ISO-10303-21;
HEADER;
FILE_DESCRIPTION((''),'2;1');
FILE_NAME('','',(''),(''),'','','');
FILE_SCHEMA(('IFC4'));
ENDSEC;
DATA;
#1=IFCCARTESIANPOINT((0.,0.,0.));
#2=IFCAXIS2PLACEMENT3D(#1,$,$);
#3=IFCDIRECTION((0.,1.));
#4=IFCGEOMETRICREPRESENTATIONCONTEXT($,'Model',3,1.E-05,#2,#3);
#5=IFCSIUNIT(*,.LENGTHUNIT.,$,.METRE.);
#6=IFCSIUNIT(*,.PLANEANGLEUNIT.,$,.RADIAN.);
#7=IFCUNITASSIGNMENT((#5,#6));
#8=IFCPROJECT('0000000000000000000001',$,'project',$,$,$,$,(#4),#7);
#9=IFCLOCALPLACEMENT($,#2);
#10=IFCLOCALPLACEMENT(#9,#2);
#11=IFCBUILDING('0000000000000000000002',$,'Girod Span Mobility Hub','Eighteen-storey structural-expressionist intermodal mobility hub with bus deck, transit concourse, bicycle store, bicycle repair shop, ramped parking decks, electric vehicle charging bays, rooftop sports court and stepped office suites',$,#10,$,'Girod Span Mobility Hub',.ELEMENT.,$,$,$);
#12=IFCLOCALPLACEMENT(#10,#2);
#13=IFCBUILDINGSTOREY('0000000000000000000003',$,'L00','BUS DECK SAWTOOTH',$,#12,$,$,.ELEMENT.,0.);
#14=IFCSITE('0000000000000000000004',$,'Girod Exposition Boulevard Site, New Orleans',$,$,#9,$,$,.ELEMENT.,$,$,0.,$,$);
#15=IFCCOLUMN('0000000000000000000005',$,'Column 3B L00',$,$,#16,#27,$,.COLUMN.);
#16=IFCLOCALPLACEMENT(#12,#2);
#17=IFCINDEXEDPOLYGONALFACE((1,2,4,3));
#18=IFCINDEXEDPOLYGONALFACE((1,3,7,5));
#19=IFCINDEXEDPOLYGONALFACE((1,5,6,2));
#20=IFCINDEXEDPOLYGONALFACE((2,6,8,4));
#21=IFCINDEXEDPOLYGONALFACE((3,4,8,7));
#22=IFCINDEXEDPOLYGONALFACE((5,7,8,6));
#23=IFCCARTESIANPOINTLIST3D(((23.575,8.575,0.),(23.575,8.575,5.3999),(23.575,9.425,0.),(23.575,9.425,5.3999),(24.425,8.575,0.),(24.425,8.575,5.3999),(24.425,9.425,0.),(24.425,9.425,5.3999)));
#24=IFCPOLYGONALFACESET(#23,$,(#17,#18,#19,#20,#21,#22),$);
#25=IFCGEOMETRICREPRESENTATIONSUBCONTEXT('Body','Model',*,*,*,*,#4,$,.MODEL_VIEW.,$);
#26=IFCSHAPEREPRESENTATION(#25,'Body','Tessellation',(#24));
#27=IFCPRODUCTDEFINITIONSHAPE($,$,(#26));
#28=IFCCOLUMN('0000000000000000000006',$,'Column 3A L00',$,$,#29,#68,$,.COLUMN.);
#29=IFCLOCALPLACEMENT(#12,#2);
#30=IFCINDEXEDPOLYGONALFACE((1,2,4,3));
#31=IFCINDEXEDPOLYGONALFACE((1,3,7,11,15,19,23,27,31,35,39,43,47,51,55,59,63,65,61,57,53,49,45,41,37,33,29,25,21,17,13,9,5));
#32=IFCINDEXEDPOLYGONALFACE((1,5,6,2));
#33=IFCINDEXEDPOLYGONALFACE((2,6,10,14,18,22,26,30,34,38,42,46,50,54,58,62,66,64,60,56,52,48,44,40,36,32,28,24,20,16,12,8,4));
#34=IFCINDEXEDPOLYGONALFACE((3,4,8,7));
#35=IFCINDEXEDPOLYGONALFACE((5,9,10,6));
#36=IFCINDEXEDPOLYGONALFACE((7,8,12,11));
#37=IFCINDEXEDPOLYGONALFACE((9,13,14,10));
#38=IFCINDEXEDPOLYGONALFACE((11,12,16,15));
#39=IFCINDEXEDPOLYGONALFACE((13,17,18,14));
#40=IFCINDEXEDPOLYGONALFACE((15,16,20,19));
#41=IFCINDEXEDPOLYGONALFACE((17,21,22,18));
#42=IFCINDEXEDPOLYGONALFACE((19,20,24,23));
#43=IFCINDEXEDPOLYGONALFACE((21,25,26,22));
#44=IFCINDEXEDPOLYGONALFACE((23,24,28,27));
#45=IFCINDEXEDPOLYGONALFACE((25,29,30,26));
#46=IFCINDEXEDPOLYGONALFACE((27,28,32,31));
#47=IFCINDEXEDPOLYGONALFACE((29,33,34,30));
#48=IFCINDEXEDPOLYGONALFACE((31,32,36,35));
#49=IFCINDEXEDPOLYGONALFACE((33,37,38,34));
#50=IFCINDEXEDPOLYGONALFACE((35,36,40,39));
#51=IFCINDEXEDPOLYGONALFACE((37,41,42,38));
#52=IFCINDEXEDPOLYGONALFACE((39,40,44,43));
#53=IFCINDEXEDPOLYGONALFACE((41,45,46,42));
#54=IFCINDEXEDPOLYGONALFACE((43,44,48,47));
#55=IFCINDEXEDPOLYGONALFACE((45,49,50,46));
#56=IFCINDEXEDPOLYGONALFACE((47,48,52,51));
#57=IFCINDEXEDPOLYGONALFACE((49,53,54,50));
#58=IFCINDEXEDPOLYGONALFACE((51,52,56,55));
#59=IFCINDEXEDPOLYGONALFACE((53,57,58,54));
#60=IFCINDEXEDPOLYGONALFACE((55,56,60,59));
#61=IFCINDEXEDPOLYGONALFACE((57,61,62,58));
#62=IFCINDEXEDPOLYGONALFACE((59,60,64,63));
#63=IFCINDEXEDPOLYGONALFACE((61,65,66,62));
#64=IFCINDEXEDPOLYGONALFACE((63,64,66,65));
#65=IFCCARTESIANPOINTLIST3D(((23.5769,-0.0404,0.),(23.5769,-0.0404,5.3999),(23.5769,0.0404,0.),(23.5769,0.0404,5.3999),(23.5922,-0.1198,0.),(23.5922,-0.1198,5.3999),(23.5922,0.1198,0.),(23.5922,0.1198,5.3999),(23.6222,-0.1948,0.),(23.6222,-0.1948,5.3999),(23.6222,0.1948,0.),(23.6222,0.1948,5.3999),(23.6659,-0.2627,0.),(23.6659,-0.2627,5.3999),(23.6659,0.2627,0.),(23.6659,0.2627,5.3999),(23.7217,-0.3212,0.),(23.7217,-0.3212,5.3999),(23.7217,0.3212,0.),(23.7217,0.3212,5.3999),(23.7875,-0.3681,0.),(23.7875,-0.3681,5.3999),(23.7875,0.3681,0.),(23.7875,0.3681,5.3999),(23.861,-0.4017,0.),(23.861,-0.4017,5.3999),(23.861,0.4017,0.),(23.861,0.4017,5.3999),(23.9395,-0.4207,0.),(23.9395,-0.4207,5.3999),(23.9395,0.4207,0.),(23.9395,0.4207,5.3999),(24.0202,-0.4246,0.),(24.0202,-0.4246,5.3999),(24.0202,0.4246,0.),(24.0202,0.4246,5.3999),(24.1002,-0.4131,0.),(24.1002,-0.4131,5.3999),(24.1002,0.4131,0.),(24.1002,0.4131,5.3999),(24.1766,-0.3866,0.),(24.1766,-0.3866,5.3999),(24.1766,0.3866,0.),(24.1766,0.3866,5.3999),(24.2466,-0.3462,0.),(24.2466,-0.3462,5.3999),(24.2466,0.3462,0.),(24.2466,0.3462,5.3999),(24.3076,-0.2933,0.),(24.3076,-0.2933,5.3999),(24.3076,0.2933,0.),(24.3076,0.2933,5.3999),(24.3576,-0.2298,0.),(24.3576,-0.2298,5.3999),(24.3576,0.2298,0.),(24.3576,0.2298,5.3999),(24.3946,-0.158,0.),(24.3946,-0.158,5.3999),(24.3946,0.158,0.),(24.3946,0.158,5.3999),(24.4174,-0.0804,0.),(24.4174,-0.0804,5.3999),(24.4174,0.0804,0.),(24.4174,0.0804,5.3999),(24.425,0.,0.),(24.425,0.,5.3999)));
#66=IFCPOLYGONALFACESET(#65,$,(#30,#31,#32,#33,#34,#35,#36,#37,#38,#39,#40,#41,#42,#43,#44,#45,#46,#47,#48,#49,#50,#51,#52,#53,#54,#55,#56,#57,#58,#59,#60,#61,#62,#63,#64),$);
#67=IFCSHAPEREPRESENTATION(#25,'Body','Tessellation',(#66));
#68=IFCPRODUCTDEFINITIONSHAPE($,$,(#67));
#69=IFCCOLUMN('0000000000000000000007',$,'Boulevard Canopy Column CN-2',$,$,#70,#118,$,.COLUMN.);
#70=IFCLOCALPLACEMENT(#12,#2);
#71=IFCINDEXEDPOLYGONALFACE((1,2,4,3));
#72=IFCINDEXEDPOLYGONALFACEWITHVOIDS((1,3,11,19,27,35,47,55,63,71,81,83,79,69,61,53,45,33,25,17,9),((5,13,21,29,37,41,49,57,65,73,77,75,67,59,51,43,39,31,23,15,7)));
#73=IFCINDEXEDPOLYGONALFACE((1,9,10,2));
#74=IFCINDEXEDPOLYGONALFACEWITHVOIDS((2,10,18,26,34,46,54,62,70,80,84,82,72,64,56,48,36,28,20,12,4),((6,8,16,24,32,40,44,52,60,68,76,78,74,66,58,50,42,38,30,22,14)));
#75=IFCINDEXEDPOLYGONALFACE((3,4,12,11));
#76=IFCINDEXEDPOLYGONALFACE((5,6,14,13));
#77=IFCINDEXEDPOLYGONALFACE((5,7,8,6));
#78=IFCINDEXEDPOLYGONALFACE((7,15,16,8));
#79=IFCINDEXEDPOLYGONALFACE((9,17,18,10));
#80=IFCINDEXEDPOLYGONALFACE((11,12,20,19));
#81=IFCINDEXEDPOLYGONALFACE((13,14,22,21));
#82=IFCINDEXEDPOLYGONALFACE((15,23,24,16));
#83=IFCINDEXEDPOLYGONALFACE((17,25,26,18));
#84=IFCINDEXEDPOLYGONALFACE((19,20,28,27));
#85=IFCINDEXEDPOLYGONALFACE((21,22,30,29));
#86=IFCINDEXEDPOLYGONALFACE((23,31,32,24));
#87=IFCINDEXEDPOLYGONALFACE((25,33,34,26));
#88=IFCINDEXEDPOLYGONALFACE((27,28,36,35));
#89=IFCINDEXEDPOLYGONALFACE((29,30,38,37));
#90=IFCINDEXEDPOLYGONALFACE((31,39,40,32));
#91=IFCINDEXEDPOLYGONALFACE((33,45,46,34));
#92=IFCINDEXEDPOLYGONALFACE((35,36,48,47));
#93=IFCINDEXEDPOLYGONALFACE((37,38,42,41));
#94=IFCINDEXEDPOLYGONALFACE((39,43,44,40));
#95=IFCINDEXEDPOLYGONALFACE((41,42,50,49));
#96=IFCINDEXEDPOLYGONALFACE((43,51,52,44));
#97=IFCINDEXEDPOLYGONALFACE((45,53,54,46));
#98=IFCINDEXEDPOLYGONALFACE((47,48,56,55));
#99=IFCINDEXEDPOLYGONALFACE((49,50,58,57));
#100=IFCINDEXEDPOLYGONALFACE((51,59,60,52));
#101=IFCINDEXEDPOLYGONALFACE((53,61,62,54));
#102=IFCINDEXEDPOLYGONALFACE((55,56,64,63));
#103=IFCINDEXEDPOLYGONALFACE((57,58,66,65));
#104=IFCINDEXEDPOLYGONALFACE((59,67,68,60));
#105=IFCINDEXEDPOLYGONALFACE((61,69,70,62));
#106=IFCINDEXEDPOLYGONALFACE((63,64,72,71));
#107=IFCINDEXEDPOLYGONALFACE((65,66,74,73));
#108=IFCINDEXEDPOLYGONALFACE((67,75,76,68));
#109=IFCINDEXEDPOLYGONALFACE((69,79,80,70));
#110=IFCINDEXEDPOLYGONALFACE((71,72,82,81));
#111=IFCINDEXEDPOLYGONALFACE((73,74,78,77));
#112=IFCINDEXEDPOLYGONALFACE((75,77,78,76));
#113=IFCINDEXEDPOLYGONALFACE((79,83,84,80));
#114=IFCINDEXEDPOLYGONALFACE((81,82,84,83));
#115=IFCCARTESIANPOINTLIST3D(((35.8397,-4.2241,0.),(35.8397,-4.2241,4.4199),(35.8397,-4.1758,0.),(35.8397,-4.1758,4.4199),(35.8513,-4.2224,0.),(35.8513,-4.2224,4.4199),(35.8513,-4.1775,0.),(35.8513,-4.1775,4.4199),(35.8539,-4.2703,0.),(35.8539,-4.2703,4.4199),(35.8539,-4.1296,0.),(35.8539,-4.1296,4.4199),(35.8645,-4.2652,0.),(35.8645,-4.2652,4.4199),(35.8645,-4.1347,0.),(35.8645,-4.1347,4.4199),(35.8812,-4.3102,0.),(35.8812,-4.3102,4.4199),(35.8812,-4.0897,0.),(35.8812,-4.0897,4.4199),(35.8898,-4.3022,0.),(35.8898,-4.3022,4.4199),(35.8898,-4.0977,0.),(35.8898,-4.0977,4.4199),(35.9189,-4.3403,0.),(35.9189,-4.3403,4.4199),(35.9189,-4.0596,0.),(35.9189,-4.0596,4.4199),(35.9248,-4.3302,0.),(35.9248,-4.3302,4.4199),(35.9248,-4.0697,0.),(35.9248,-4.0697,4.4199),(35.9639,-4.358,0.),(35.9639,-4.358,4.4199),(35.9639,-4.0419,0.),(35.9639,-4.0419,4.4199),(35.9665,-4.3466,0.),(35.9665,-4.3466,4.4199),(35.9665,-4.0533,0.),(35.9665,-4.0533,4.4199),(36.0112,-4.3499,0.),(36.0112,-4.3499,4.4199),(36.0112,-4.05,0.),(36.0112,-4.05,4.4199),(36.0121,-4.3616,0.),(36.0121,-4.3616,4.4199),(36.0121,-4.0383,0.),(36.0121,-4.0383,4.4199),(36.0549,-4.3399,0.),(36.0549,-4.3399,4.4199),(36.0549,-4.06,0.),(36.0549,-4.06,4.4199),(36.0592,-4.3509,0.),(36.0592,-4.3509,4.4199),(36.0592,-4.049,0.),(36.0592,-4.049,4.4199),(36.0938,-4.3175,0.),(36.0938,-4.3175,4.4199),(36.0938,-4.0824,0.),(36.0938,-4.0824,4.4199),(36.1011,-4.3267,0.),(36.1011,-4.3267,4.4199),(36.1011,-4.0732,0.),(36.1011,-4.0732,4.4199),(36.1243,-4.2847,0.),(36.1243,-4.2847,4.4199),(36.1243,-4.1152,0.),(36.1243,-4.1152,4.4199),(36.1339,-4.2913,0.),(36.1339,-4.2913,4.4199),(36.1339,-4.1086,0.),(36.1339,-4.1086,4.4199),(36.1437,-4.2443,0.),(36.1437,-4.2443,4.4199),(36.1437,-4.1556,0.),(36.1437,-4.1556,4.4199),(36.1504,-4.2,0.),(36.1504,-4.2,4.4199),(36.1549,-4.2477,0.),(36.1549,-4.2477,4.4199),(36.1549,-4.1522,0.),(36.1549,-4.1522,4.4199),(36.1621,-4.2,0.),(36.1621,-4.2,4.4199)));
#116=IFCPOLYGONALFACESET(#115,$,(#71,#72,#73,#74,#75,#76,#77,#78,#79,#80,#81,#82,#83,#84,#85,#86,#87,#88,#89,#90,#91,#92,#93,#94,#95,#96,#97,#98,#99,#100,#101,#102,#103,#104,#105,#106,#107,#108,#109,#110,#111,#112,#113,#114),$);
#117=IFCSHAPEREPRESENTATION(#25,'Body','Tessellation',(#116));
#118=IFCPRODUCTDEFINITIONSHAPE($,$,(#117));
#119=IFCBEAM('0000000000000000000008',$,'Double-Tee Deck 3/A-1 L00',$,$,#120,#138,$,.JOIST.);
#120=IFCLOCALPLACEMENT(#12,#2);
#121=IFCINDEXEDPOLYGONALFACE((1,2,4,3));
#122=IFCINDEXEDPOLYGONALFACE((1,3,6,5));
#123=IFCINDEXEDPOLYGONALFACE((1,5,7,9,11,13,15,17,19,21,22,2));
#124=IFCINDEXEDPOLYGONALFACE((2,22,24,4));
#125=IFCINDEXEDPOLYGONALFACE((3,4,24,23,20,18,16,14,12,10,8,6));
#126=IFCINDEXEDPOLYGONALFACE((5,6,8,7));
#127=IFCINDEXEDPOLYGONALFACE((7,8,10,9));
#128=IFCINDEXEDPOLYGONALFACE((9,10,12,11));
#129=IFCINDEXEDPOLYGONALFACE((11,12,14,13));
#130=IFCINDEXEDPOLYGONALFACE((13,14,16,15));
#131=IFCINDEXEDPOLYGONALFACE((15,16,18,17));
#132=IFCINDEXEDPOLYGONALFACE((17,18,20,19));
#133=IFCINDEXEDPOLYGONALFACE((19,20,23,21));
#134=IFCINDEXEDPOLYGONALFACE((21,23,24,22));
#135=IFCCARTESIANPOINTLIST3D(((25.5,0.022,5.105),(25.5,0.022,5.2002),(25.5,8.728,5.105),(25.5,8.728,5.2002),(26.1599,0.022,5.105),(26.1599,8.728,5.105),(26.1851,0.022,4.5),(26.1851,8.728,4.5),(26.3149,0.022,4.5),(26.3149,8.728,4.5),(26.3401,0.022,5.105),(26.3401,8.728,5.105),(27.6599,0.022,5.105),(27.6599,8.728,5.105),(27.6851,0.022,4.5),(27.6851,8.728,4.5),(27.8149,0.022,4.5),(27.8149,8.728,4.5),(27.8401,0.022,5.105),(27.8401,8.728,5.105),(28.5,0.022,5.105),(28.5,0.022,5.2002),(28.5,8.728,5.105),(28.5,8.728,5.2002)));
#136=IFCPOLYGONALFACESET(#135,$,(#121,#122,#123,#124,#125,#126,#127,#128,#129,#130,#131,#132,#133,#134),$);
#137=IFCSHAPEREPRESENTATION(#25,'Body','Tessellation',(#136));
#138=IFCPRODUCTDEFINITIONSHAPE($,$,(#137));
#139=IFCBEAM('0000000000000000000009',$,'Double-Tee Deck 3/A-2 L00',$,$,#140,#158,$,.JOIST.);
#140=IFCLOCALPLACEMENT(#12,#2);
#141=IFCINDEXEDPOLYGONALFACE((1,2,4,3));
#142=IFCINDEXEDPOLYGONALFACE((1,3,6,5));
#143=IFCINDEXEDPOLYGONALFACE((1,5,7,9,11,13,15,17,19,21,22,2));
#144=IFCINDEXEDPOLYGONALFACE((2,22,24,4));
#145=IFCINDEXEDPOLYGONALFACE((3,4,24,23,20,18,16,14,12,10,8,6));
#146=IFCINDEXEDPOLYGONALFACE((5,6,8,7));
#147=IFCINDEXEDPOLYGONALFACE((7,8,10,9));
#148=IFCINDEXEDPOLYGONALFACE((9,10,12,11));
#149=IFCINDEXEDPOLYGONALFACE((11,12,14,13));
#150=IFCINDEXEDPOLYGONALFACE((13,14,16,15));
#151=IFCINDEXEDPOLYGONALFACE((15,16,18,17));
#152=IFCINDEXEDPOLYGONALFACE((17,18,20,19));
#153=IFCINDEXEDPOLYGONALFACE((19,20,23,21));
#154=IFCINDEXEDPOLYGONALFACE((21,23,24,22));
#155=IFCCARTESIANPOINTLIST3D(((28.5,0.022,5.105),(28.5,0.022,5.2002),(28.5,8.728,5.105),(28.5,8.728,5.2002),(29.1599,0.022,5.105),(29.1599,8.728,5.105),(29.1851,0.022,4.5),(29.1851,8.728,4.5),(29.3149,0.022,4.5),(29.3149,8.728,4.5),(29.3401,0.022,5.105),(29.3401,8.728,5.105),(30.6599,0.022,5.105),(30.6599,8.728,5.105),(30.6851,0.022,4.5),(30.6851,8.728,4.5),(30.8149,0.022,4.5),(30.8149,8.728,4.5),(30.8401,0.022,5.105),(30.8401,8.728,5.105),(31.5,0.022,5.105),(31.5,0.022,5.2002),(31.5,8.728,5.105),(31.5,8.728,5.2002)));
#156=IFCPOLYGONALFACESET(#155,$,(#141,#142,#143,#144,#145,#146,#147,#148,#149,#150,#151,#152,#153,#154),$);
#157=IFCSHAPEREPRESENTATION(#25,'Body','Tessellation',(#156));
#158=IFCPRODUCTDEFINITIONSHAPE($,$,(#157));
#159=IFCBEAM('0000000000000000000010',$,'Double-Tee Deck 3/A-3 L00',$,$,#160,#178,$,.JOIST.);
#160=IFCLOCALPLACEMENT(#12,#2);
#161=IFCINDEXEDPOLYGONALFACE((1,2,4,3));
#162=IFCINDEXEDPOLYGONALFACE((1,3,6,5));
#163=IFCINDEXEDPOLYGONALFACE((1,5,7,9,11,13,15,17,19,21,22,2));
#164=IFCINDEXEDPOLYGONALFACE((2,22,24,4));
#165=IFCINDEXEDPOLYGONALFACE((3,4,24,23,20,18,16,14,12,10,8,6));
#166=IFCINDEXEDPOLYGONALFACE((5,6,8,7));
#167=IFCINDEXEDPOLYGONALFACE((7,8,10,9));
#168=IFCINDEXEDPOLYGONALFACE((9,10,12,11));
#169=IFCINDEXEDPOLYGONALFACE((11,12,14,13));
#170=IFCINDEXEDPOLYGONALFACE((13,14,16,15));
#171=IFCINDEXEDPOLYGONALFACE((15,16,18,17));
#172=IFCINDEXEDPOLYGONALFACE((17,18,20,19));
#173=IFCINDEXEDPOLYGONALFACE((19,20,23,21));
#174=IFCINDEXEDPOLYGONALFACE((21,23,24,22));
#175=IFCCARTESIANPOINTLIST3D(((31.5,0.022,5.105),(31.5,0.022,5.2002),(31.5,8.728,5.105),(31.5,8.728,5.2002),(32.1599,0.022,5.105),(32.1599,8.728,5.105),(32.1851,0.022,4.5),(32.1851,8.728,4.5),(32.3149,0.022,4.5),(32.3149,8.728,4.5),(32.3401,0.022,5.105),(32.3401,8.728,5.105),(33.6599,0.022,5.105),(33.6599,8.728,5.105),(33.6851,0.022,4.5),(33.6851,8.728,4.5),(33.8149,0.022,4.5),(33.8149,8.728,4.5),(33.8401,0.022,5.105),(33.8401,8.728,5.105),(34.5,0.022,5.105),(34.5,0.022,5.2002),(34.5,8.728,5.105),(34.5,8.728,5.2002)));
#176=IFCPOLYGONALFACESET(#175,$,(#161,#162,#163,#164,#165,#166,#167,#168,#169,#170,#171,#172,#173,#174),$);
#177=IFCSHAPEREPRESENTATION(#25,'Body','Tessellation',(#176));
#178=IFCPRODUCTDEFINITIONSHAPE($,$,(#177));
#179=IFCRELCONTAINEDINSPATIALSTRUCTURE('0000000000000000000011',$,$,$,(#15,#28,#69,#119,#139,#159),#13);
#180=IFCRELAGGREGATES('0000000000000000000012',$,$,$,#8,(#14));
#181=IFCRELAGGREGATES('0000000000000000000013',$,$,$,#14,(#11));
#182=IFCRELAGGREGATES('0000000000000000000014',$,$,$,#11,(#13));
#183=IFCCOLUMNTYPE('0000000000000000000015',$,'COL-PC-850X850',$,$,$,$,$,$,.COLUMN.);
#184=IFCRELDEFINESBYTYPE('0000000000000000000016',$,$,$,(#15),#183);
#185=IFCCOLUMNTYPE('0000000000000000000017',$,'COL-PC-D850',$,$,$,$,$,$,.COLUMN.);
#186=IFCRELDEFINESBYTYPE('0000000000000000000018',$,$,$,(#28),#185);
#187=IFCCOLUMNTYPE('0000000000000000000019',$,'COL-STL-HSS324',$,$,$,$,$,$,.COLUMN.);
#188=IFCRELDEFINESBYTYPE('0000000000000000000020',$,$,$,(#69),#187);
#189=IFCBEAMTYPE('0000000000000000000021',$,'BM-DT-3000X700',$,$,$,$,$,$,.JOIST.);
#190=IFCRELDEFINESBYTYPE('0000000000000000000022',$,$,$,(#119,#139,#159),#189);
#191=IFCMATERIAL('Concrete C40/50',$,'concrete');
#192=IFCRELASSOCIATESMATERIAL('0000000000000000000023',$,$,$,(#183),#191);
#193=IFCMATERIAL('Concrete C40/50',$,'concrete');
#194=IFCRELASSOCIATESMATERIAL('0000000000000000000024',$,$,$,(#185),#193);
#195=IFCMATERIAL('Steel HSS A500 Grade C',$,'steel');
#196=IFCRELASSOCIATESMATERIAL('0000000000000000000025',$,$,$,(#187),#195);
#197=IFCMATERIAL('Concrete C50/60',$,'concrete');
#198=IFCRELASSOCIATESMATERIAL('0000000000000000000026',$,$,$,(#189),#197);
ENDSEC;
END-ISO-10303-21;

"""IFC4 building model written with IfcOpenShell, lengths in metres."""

from ifc_helpers import new_model, si_unit, direction, frame, origin, origin_2d, place, context, subcontext, project, spatial, polyline, rectangle, circle, hollow_circle, outline, extrude, material, material_profile, profile_set, type_object, element, save


model = new_model("IFC4")

# Units and contexts
model_context = context("Model", 3, precision=1e-05, world=origin(), true_north=direction((0.0, 1.0)))
body_context = subcontext(model_context, "Body", "Model", "MODEL_VIEW")
ifc_project = project(units=[si_unit("LENGTHUNIT", "METRE"), si_unit("PLANEANGLEUNIT", "RADIAN")], contexts=[model_context])

# Site, building, storey
site_placement = place(None, origin())
site = spatial("IfcSite", under=ifc_project, at=site_placement, Name="Girod Exposition Boulevard Site, New Orleans", CompositionType="ELEMENT", RefElevation=0.0)
building_placement = place(site_placement, origin())
building = spatial("IfcBuilding", under=site, at=building_placement, Name="Girod Span Mobility Hub", Description="Eighteen-storey structural-expressionist intermodal mobility hub with bus deck, transit concourse, bicycle store, bicycle repair shop, ramped parking decks, electric vehicle charging bays, rooftop sports court and stepped office suites", LongName="Girod Span Mobility Hub", CompositionType="ELEMENT")
storey_placement = place(building_placement, origin())
storey = spatial("IfcBuildingStorey", under=building, at=storey_placement, Name="L00", Description="BUS DECK SAWTOOTH", CompositionType="ELEMENT", Elevation=0.0)

# Columns
ifc_material_1 = material(Name="Concrete C40/50", Category="concrete")
ifc_material_profile_1 = material_profile(ifc_material_1, rectangle(XDim=0.8501, YDim=0.8501, at=origin_2d()), Name="PC-COL-850X850")
ifc_profile_set_1 = profile_set([ifc_material_profile_1], Name="Concrete C40/50")
column_type_1 = type_object("IfcColumnType", Name="COL-PC-850X850", PredefinedType="COLUMN", material=ifc_profile_set_1)
column_1_placement = place(storey_placement, frame((24.0, 9.0, 0.0), z_axis=(0.0, 0.0, 1.0), x_axis=(1.0, 0.0, 0.0)))
element("IfcColumn", 1, at=column_1_placement, inside=storey, type_object=column_type_1, Name="Column 3B L00", PredefinedType="COLUMN", context=body_context, shape_type="SweptSolid", body=[
    extrude(rectangle(XDim=0.8501, YDim=0.8501, at=origin_2d()), origin(), (0.0, 0.0, 1.0), 5.3999),
])
ifc_material_2 = material(Name="Concrete C40/50", Category="concrete")
ifc_material_profile_2 = material_profile(ifc_material_2, circle(Radius=0.425, at=origin_2d()), Name="PC-CIR-D850")
ifc_profile_set_2 = profile_set([ifc_material_profile_2], Name="Concrete C40/50")
column_type_2 = type_object("IfcColumnType", Name="COL-PC-D850", PredefinedType="COLUMN", material=ifc_profile_set_2)
column_2_placement = place(storey_placement, frame((24.0, 0.0, 0.0), z_axis=(0.0, 0.0, 1.0), x_axis=(1.0, 0.0, 0.0)))
element("IfcColumn", 2, at=column_2_placement, inside=storey, type_object=column_type_2, Name="Column 3A L00", PredefinedType="COLUMN", context=body_context, shape_type="SweptSolid", body=[
    extrude(circle(Radius=0.425, at=origin_2d()), origin(), (0.0, 0.0, 1.0), 5.3999),
])
ifc_material_3 = material(Name="Steel HSS A500 Grade C", Category="steel")
ifc_material_profile_3 = material_profile(ifc_material_3, hollow_circle(Radius=0.1621, WallThickness=0.0117, at=origin_2d()), Name="HSS324X12.7")
ifc_profile_set_3 = profile_set([ifc_material_profile_3], Name="Steel HSS A500 Grade C")
column_type_3 = type_object("IfcColumnType", Name="COL-STL-HSS324", PredefinedType="COLUMN", material=ifc_profile_set_3)
column_3_placement = place(storey_placement, frame((36.0, -4.2, 0.0), z_axis=(0.0, 0.0, 1.0), x_axis=(1.0, 0.0, 0.0)))
element("IfcColumn", 3, at=column_3_placement, inside=storey, type_object=column_type_3, Name="Boulevard Canopy Column CN-2", PredefinedType="COLUMN", context=body_context, shape_type="SweptSolid", body=[
    extrude(hollow_circle(Radius=0.1621, WallThickness=0.0117, at=origin_2d()), origin(), (0.0, 0.0, 1.0), 4.4199),
])

# Beams
ifc_material_4 = material(Name="Concrete C50/60", Category="concrete")
ifc_material_profile_4 = material_profile(ifc_material_4, outline(polyline([(-1.5, 0.3501), (-1.5, 0.2549), (-0.8401, 0.2549), (-0.8149, -0.3501), (-0.6851, -0.3501), (-0.6599, 0.2549), (0.6599, 0.2549), (0.6851, -0.3501), (0.8149, -0.3501), (0.8401, 0.2549), (1.5, 0.2549), (1.5, 0.3501), (-1.5, 0.3501)])), Name="DT-3000X700")
ifc_profile_set_4 = profile_set([ifc_material_profile_4], Name="Concrete C50/60")
beam_type_1 = type_object("IfcBeamType", Name="BM-DT-3000X700", PredefinedType="JOIST", material=ifc_profile_set_4)
for number, where, z_axis, x_axis, name in (
    (4, (27.0, 0.022, 4.8501), (0.0, 1.0, 0.0), (-1.0, 0.0, 0.0), "Double-Tee Deck 3/A-1 L00"),
    (5, (30.0, 0.022, 4.8501), (0.0, 1.0, 0.0), (-1.0, 0.0, 0.0), "Double-Tee Deck 3/A-2 L00"),
    (6, (33.0, 0.022, 4.8501), (0.0, 1.0, 0.0), (-1.0, 0.0, 0.0), "Double-Tee Deck 3/A-3 L00"),
):
    element("IfcBeam", number, at=place(storey_placement, frame(where, z_axis=z_axis, x_axis=x_axis)), inside=storey, type_object=beam_type_1, Name=name, PredefinedType="JOIST", context=body_context, shape_type="SweptSolid", body=[
        extrude(outline(polyline([(-1.5, 0.3501), (-1.5, 0.2549), (-0.8401, 0.2549), (-0.8149, -0.3501), (-0.6851, -0.3501), (-0.6599, 0.2549), (0.6599, 0.2549), (0.6851, -0.3501), (0.8149, -0.3501), (0.8401, 0.2549), (1.5, 0.2549), (1.5, 0.3501), (-1.5, 0.3501)])), origin(), (0.0, 0.0, 1.0), 8.7061),
    ])

save(model, "model.ifc")
